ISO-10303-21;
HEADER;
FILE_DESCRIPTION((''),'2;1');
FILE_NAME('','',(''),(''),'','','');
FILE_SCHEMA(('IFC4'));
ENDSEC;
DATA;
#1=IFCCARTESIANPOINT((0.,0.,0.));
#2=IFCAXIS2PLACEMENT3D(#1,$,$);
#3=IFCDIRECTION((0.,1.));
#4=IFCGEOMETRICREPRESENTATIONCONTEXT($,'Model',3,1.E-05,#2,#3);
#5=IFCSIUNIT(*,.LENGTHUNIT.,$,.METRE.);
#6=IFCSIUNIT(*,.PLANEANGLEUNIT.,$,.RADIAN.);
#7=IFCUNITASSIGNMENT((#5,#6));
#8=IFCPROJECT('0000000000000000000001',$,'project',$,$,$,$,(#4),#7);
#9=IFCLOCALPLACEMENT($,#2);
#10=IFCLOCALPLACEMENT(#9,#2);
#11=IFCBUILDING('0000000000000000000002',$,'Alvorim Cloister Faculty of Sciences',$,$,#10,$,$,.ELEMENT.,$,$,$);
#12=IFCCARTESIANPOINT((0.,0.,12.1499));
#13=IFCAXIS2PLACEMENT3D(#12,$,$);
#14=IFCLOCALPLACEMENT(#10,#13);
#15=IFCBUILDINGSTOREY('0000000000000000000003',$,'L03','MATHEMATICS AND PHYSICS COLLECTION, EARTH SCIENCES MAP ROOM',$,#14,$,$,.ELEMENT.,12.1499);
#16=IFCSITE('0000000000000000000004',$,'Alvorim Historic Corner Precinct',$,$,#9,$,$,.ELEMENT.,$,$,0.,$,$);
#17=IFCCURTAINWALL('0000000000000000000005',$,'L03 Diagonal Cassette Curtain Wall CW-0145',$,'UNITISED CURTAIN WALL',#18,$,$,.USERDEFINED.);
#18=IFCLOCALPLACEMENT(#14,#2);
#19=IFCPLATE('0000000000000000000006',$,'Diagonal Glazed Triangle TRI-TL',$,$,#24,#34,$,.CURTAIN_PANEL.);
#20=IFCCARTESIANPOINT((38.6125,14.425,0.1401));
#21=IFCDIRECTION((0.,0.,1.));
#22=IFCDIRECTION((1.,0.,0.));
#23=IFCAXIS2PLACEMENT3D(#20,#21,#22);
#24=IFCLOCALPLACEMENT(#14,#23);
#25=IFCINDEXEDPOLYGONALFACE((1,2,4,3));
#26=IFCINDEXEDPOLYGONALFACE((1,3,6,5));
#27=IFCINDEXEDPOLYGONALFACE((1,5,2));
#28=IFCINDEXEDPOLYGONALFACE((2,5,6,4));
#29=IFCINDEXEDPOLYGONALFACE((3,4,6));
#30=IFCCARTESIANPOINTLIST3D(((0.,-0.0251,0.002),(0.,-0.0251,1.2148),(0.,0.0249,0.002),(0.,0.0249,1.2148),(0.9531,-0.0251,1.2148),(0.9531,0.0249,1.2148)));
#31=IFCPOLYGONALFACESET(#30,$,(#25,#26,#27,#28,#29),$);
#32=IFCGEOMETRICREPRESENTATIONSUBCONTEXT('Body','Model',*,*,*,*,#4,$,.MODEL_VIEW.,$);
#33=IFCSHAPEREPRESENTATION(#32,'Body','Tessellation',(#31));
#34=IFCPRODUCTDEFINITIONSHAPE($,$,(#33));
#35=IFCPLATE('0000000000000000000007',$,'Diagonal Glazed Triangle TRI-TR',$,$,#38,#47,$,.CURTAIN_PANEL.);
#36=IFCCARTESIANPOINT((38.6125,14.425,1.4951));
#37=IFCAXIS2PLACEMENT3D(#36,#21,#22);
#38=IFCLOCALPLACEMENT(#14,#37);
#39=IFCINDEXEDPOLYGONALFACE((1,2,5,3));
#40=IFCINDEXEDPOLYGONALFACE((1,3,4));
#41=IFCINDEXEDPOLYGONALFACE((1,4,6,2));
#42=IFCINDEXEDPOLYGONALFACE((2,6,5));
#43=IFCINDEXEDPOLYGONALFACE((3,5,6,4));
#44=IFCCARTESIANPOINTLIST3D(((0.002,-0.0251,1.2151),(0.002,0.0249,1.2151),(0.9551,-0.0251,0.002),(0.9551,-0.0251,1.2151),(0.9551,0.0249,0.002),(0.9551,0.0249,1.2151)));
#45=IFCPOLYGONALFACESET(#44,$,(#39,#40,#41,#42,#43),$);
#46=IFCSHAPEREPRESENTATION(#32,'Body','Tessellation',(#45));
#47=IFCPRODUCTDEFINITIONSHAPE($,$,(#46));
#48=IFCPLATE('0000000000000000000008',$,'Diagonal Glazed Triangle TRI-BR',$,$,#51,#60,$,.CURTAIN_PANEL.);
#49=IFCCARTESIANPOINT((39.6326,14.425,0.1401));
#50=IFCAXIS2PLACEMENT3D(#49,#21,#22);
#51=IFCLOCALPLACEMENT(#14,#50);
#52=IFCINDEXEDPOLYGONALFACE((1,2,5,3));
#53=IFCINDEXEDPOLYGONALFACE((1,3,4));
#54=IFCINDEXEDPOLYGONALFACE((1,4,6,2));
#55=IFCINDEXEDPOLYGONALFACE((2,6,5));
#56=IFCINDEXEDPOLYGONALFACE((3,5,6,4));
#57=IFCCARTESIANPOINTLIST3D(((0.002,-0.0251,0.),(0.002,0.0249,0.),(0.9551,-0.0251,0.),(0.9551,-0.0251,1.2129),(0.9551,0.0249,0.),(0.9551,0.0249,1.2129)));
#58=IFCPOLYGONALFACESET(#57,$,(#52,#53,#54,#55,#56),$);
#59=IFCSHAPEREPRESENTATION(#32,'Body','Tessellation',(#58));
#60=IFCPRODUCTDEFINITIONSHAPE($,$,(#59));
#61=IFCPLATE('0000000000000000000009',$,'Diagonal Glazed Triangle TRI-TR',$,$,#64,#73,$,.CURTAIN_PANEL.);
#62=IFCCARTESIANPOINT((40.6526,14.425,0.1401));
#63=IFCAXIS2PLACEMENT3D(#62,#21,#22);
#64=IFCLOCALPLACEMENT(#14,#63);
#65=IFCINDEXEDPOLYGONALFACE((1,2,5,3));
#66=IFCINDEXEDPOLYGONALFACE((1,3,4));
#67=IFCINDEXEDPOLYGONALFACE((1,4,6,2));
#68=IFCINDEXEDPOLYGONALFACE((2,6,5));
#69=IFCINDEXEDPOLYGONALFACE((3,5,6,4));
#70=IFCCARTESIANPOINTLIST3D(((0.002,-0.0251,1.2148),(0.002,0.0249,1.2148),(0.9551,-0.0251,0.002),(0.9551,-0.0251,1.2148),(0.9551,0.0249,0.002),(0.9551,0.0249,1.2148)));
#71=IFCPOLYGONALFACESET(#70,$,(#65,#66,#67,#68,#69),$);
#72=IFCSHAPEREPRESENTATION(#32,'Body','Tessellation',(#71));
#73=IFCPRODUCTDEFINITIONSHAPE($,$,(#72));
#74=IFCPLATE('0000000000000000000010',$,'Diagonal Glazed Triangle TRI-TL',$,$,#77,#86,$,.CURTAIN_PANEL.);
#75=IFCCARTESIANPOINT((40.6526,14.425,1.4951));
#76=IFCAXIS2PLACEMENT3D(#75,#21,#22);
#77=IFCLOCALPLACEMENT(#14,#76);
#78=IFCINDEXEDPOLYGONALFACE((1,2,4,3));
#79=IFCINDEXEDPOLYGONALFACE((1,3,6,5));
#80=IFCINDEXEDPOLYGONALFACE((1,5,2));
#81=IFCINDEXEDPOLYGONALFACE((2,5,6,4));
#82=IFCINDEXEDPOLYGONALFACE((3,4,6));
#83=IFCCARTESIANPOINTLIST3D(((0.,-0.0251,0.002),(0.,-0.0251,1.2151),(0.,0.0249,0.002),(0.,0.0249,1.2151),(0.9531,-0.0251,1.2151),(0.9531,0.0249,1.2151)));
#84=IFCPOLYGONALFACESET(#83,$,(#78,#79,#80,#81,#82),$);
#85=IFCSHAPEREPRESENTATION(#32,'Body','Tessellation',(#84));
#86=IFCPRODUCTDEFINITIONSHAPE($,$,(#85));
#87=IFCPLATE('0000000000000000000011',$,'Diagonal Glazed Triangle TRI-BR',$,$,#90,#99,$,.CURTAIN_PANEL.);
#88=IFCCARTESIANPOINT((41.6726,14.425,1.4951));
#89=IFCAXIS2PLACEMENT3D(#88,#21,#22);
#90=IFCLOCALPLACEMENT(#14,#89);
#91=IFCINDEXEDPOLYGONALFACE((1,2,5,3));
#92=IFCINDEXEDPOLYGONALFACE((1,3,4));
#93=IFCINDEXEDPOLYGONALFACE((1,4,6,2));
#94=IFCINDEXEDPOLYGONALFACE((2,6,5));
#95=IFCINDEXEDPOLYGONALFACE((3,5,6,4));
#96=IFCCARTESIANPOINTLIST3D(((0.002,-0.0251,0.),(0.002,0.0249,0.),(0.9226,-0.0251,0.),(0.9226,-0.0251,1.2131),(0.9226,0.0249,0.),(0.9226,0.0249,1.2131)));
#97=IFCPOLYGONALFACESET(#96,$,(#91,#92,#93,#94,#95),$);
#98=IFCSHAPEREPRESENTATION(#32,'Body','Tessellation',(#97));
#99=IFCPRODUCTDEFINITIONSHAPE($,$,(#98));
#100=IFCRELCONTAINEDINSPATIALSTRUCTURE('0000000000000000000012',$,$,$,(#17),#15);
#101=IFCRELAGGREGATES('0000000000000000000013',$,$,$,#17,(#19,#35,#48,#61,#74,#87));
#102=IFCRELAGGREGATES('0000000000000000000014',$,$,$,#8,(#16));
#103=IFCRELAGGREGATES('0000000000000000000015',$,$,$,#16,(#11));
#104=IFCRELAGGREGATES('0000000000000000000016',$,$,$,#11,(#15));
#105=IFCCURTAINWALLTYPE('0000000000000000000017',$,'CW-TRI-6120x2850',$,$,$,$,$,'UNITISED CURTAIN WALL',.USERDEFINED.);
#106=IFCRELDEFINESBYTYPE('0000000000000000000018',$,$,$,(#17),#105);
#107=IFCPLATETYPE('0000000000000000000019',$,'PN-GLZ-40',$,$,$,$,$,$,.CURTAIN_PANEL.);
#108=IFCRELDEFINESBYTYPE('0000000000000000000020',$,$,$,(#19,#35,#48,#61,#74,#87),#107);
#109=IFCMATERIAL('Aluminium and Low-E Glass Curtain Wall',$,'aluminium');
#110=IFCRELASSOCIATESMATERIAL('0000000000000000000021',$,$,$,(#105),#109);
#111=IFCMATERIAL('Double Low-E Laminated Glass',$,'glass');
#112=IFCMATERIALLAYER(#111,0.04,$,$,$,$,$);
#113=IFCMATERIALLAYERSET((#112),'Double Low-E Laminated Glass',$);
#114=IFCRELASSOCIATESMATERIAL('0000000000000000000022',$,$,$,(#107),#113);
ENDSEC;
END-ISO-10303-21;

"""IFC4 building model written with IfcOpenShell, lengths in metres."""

from ifc_helpers import new_model, si_unit, direction, frame, origin, place, context, subcontext, project, spatial, polyline, outline, extrude, material, layer, layer_set, type_object, element, aggregate, save


model = new_model("IFC4")

# Units and contexts
model_context = context("Model", 3, precision=1e-05, world=origin(), true_north=direction((0.0, 1.0)))
body_context = subcontext(model_context, "Body", "Model", "MODEL_VIEW")
ifc_project = project(units=[si_unit("LENGTHUNIT", "METRE"), si_unit("PLANEANGLEUNIT", "RADIAN")], contexts=[model_context])

# Site, building, storey
site_placement = place(None, origin())
site = spatial("IfcSite", under=ifc_project, at=site_placement, Name="Alvorim Historic Corner Precinct", CompositionType="ELEMENT", RefElevation=0.0)
building_placement = place(site_placement, origin())
building = spatial("IfcBuilding", under=site, at=building_placement, Name="Alvorim Cloister Faculty of Sciences", CompositionType="ELEMENT")
storey_placement = place(building_placement, frame((0.0, 0.0, 12.1499)))
storey = spatial("IfcBuildingStorey", under=building, at=storey_placement, Name="L03", Description="MATHEMATICS AND PHYSICS COLLECTION, EARTH SCIENCES MAP ROOM", CompositionType="ELEMENT", Elevation=12.1499)

# Curtain wall, plates
ifc_material_1 = material(Name="Aluminium and Low-E Glass Curtain Wall", Category="aluminium")
curtain_wall_type = type_object("IfcCurtainWallType", Name="CW-TRI-6120x2850", ElementType="UNITISED CURTAIN WALL", PredefinedType="USERDEFINED", material=ifc_material_1)
curtain_wall_placement = place(storey_placement, origin())
curtain_wall = element("IfcCurtainWall", 1, at=curtain_wall_placement, inside=storey, type_object=curtain_wall_type, Name="L03 Diagonal Cassette Curtain Wall CW-0145", ObjectType="UNITISED CURTAIN WALL", PredefinedType="USERDEFINED")
ifc_material_2 = material(Name="Double Low-E Laminated Glass", Category="glass")
ifc_layer = layer(ifc_material_2, 0.04)
ifc_layer_set = layer_set([ifc_layer], Name="Double Low-E Laminated Glass")
plate_type = type_object("IfcPlateType", Name="PN-GLZ-40", PredefinedType="CURTAIN_PANEL", material=ifc_layer_set)
plate_1_placement = place(storey_placement, frame((38.6125, 14.425, 0.1401), z_axis=(0.0, 0.0, 1.0), x_axis=(1.0, 0.0, 0.0)))
plate_1 = element("IfcPlate", 2, at=plate_1_placement, type_object=plate_type, Name="Diagonal Glazed Triangle TRI-TL", PredefinedType="CURTAIN_PANEL", context=body_context, shape_type="SweptSolid", body=[
    extrude(outline(polyline([(0.9531, 1.2148), (0.0, 1.2148), (0.0, 0.002), (0.9531, 1.2148)])), frame((0.0, 0.0249, 0.0), z_axis=(0.0, -1.0, 0.0), x_axis=(1.0, 0.0, 0.0)), (0.0, 0.0, 1.0), 0.05),
])
plate_2_placement = place(storey_placement, frame((38.6125, 14.425, 1.4951), z_axis=(0.0, 0.0, 1.0), x_axis=(1.0, 0.0, 0.0)))
plate_2 = element("IfcPlate", 3, at=plate_2_placement, type_object=plate_type, Name="Diagonal Glazed Triangle TRI-TR", PredefinedType="CURTAIN_PANEL", context=body_context, shape_type="SweptSolid", body=[
    extrude(outline(polyline([(0.9551, 0.002), (0.9551, 1.2151), (0.002, 1.2151), (0.9551, 0.002)])), frame((0.0, 0.0249, 0.0), z_axis=(0.0, -1.0, 0.0), x_axis=(1.0, 0.0, 0.0)), (0.0, 0.0, 1.0), 0.05),
])
plate_3_placement = place(storey_placement, frame((39.6326, 14.425, 0.1401), z_axis=(0.0, 0.0, 1.0), x_axis=(1.0, 0.0, 0.0)))
plate_3 = element("IfcPlate", 4, at=plate_3_placement, type_object=plate_type, Name="Diagonal Glazed Triangle TRI-BR", PredefinedType="CURTAIN_PANEL", context=body_context, shape_type="SweptSolid", body=[
    extrude(outline(polyline([(0.002, 0.0), (0.9551, 0.0), (0.9551, 1.2129), (0.002, 0.0)])), frame((0.0, 0.0249, 0.0), z_axis=(0.0, -1.0, 0.0), x_axis=(1.0, 0.0, 0.0)), (0.0, 0.0, 1.0), 0.05),
])
plate_4_placement = place(storey_placement, frame((40.6526, 14.425, 0.1401), z_axis=(0.0, 0.0, 1.0), x_axis=(1.0, 0.0, 0.0)))
plate_4 = element("IfcPlate", 5, at=plate_4_placement, type_object=plate_type, Name="Diagonal Glazed Triangle TRI-TR", PredefinedType="CURTAIN_PANEL", context=body_context, shape_type="SweptSolid", body=[
    extrude(outline(polyline([(0.9551, 0.002), (0.9551, 1.2148), (0.002, 1.2148), (0.9551, 0.002)])), frame((0.0, 0.0249, 0.0), z_axis=(0.0, -1.0, 0.0), x_axis=(1.0, 0.0, 0.0)), (0.0, 0.0, 1.0), 0.05),
])
plate_5_placement = place(storey_placement, frame((40.6526, 14.425, 1.4951), z_axis=(0.0, 0.0, 1.0), x_axis=(1.0, 0.0, 0.0)))
plate_5 = element("IfcPlate", 6, at=plate_5_placement, type_object=plate_type, Name="Diagonal Glazed Triangle TRI-TL", PredefinedType="CURTAIN_PANEL", context=body_context, shape_type="SweptSolid", body=[
    extrude(outline(polyline([(0.9531, 1.2151), (0.0, 1.2151), (0.0, 0.002), (0.9531, 1.2151)])), frame((0.0, 0.0249, 0.0), z_axis=(0.0, -1.0, 0.0), x_axis=(1.0, 0.0, 0.0)), (0.0, 0.0, 1.0), 0.05),
])
plate_6_placement = place(storey_placement, frame((41.6726, 14.425, 1.4951), z_axis=(0.0, 0.0, 1.0), x_axis=(1.0, 0.0, 0.0)))
plate_6 = element("IfcPlate", 7, at=plate_6_placement, type_object=plate_type, Name="Diagonal Glazed Triangle TRI-BR", PredefinedType="CURTAIN_PANEL", context=body_context, shape_type="SweptSolid", body=[
    extrude(outline(polyline([(0.002, 0.0), (0.9226, 0.0), (0.9226, 1.2131), (0.002, 0.0)])), frame((0.0, 0.0249, 0.0), z_axis=(0.0, -1.0, 0.0), x_axis=(1.0, 0.0, 0.0)), (0.0, 0.0, 1.0), 0.05),
])
aggregate(curtain_wall, [plate_1, plate_2, plate_3, plate_4, plate_5, plate_6])

save(model, "model.ifc")
